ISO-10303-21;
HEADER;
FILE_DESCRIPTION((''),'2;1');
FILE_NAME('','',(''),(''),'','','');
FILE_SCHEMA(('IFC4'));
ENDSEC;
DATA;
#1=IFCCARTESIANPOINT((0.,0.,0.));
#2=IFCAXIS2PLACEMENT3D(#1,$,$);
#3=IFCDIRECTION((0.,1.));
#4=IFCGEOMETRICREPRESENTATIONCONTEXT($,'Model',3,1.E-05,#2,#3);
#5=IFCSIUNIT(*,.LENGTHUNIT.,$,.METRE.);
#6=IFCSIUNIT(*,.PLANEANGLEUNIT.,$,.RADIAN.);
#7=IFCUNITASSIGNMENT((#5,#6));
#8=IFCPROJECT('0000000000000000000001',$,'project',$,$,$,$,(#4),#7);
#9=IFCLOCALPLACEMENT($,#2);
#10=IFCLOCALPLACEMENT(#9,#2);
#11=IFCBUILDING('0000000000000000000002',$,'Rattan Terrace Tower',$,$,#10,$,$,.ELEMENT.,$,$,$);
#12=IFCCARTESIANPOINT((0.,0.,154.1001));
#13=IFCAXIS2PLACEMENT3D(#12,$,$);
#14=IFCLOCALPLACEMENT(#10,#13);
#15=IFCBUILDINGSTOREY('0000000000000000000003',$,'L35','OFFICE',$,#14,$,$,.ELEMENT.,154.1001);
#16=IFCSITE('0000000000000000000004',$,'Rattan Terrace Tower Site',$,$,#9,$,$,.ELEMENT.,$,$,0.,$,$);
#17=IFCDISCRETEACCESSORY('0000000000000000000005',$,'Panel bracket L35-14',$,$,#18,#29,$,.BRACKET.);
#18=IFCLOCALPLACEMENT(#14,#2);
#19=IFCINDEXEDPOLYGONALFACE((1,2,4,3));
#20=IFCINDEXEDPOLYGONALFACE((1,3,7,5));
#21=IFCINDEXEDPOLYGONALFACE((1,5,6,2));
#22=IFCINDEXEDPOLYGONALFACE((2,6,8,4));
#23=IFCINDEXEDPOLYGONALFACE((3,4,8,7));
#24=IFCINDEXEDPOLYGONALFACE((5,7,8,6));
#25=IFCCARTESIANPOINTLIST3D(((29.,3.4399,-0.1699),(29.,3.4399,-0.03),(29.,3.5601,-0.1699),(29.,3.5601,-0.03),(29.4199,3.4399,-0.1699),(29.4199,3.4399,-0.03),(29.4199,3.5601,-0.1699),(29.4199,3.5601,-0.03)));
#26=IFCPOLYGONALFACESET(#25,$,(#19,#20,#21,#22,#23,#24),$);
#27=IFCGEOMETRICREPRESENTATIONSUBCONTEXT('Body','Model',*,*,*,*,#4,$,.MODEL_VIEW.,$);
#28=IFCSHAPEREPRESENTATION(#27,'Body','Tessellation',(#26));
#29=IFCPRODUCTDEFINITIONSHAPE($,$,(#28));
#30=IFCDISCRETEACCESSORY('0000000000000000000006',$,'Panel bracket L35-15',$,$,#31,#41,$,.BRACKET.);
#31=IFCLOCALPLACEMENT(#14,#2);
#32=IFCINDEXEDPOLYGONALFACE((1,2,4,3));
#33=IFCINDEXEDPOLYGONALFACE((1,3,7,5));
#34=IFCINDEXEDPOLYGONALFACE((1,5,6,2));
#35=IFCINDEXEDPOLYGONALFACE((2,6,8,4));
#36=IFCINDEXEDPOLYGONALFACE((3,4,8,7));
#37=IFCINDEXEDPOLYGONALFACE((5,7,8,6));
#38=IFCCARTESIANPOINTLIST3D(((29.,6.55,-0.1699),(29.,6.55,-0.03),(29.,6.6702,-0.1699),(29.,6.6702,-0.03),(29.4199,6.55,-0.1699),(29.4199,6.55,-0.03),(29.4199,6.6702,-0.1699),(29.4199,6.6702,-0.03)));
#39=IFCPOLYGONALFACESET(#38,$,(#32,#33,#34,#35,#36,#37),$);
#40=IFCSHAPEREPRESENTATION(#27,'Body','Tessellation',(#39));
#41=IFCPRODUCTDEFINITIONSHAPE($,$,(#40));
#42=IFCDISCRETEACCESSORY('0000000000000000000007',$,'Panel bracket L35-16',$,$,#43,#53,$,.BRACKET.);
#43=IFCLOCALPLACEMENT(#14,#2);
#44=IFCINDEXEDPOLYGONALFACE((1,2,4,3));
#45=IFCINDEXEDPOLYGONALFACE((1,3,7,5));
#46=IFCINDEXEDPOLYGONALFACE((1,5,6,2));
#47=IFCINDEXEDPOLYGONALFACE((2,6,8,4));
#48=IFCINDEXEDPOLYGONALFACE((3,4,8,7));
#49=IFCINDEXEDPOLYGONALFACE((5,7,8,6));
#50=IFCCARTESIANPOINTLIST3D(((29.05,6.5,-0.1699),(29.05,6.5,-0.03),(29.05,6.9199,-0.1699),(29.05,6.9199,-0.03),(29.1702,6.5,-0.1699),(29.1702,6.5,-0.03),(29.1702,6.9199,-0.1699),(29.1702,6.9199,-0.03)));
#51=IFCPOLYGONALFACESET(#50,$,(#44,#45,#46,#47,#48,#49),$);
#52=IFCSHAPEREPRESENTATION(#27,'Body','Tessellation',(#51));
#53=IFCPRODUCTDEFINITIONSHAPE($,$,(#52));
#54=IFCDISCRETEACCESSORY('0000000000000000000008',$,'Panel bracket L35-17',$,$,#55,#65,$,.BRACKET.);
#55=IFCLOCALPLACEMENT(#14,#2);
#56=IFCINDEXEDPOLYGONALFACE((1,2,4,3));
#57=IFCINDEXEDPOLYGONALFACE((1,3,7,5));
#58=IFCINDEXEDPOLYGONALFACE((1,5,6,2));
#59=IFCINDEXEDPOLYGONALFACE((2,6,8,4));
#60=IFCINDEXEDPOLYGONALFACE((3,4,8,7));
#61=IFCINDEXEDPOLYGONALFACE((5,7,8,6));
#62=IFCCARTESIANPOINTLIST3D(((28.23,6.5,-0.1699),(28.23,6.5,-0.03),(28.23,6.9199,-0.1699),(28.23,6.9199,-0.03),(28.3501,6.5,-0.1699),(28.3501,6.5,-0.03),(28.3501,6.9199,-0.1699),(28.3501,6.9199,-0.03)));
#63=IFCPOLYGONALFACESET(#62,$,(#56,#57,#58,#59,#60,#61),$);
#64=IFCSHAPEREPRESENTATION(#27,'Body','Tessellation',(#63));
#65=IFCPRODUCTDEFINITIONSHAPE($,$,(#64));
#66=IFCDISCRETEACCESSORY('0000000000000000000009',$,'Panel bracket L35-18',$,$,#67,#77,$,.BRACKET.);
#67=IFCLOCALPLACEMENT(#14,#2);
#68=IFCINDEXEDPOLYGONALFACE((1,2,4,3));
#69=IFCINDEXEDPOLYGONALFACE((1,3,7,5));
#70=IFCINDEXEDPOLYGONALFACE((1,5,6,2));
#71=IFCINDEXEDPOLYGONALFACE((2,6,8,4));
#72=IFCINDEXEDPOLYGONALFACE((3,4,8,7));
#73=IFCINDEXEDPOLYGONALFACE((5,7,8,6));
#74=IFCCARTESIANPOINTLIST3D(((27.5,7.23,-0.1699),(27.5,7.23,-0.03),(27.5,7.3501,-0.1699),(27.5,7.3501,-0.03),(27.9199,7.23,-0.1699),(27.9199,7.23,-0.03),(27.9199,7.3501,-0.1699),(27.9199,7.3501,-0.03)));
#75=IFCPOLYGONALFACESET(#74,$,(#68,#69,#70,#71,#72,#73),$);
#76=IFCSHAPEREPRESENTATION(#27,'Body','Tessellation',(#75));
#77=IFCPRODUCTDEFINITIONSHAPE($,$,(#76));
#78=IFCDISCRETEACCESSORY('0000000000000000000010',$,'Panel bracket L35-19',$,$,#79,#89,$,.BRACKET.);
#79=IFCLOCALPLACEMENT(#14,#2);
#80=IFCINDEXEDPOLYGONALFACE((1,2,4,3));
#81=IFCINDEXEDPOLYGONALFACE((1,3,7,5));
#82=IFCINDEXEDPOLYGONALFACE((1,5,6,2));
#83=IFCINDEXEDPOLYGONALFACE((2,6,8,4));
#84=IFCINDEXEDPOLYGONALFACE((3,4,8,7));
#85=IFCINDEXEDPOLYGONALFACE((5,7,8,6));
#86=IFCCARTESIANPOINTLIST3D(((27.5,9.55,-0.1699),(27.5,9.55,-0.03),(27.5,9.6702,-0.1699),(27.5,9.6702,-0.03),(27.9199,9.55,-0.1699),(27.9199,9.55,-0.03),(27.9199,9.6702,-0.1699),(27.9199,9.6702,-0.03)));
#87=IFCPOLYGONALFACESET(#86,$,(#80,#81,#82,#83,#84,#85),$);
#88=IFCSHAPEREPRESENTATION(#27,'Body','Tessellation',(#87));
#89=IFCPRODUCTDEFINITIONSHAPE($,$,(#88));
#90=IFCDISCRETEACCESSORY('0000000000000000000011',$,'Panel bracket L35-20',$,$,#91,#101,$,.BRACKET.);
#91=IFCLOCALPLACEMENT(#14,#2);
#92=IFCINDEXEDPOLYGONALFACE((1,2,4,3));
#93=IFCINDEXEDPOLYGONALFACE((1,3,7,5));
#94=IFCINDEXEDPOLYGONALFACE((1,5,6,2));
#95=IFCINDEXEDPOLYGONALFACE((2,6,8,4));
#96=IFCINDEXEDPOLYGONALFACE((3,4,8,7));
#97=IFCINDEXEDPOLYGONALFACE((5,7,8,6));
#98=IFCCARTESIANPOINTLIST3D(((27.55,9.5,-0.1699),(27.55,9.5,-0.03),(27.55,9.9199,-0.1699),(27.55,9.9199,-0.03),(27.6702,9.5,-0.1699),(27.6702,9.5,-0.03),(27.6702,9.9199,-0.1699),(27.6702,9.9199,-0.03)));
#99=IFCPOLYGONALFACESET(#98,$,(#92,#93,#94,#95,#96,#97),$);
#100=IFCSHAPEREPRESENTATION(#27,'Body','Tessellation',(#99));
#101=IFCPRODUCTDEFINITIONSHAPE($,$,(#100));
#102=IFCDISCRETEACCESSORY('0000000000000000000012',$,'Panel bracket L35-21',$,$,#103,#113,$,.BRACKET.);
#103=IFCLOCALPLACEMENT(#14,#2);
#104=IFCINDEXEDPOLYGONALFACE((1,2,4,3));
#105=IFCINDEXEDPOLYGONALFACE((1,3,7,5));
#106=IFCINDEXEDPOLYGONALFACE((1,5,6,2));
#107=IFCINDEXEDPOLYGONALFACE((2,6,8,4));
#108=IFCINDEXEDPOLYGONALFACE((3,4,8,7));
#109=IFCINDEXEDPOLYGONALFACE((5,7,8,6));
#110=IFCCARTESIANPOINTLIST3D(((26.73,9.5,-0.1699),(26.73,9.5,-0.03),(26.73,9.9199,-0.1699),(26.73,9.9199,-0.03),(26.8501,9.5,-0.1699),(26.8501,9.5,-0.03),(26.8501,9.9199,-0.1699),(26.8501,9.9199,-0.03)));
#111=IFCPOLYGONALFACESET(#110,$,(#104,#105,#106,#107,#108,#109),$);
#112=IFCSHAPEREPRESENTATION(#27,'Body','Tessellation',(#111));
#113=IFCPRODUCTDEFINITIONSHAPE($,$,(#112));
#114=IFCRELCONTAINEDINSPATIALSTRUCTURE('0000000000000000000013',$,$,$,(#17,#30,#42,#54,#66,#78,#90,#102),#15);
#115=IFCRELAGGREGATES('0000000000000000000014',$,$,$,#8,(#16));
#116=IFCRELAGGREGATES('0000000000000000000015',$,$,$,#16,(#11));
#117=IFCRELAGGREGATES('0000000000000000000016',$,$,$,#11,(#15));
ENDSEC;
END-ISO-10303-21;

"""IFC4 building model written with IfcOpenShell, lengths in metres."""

from ifc_helpers import new_model, si_unit, direction, frame, origin, origin_2d, place, context, subcontext, project, spatial, rectangle, extrude, element, save


model = new_model("IFC4")

# Units and contexts
model_context = context("Model", 3, precision=1e-05, world=origin(), true_north=direction((0.0, 1.0)))
body_context = subcontext(model_context, "Body", "Model", "MODEL_VIEW")
ifc_project = project(units=[si_unit("LENGTHUNIT", "METRE"), si_unit("PLANEANGLEUNIT", "RADIAN")], contexts=[model_context])

# Site, building, storey
site_placement = place(None, origin())
site = spatial("IfcSite", under=ifc_project, at=site_placement, Name="Rattan Terrace Tower Site", CompositionType="ELEMENT", RefElevation=0.0)
building_placement = place(site_placement, origin())
building = spatial("IfcBuilding", under=site, at=building_placement, Name="Rattan Terrace Tower", CompositionType="ELEMENT")
storey_placement = place(building_placement, frame((0.0, 0.0, 154.1001)))
storey = spatial("IfcBuildingStorey", under=building, at=storey_placement, Name="L35", Description="OFFICE", CompositionType="ELEMENT", Elevation=154.1001)

# Discrete accessories
for number, where, z_axis, x_axis, name in (
    (1, (29.21, 3.5, -0.1699), (0.0, 0.0, 1.0), (0.0, 1.0, 0.0), "Panel bracket L35-14"),
    (2, (29.21, 6.6101, -0.1699), (0.0, 0.0, 1.0), (0.0, 1.0, 0.0), "Panel bracket L35-15"),
    (3, (29.1101, 6.71, -0.1699), (0.0, 0.0, 1.0), (-1.0, 0.0, 0.0), "Panel bracket L35-16"),
    (4, (28.29, 6.71, -0.1699), (0.0, 0.0, 1.0), (-1.0, 0.0, 0.0), "Panel bracket L35-17"),
    (5, (27.71, 7.29, -0.1699), (0.0, 0.0, 1.0), (0.0, 1.0, 0.0), "Panel bracket L35-18"),
    (6, (27.71, 9.6101, -0.1699), (0.0, 0.0, 1.0), (0.0, 1.0, 0.0), "Panel bracket L35-19"),
    (7, (27.6101, 9.71, -0.1699), (0.0, 0.0, 1.0), (-1.0, 0.0, 0.0), "Panel bracket L35-20"),
    (8, (26.79, 9.71, -0.1699), (0.0, 0.0, 1.0), (-1.0, 0.0, 0.0), "Panel bracket L35-21"),
):
    element("IfcDiscreteAccessory", number, at=place(storey_placement, frame(where, z_axis=z_axis, x_axis=x_axis)), inside=storey, Name=name, PredefinedType="BRACKET", context=body_context, shape_type="SweptSolid", body=[
        extrude(rectangle(XDim=0.1201, YDim=0.4199, at=origin_2d()), origin(), (0.0, 0.0, 1.0), 0.1399),
    ])

save(model, "model.ifc")
